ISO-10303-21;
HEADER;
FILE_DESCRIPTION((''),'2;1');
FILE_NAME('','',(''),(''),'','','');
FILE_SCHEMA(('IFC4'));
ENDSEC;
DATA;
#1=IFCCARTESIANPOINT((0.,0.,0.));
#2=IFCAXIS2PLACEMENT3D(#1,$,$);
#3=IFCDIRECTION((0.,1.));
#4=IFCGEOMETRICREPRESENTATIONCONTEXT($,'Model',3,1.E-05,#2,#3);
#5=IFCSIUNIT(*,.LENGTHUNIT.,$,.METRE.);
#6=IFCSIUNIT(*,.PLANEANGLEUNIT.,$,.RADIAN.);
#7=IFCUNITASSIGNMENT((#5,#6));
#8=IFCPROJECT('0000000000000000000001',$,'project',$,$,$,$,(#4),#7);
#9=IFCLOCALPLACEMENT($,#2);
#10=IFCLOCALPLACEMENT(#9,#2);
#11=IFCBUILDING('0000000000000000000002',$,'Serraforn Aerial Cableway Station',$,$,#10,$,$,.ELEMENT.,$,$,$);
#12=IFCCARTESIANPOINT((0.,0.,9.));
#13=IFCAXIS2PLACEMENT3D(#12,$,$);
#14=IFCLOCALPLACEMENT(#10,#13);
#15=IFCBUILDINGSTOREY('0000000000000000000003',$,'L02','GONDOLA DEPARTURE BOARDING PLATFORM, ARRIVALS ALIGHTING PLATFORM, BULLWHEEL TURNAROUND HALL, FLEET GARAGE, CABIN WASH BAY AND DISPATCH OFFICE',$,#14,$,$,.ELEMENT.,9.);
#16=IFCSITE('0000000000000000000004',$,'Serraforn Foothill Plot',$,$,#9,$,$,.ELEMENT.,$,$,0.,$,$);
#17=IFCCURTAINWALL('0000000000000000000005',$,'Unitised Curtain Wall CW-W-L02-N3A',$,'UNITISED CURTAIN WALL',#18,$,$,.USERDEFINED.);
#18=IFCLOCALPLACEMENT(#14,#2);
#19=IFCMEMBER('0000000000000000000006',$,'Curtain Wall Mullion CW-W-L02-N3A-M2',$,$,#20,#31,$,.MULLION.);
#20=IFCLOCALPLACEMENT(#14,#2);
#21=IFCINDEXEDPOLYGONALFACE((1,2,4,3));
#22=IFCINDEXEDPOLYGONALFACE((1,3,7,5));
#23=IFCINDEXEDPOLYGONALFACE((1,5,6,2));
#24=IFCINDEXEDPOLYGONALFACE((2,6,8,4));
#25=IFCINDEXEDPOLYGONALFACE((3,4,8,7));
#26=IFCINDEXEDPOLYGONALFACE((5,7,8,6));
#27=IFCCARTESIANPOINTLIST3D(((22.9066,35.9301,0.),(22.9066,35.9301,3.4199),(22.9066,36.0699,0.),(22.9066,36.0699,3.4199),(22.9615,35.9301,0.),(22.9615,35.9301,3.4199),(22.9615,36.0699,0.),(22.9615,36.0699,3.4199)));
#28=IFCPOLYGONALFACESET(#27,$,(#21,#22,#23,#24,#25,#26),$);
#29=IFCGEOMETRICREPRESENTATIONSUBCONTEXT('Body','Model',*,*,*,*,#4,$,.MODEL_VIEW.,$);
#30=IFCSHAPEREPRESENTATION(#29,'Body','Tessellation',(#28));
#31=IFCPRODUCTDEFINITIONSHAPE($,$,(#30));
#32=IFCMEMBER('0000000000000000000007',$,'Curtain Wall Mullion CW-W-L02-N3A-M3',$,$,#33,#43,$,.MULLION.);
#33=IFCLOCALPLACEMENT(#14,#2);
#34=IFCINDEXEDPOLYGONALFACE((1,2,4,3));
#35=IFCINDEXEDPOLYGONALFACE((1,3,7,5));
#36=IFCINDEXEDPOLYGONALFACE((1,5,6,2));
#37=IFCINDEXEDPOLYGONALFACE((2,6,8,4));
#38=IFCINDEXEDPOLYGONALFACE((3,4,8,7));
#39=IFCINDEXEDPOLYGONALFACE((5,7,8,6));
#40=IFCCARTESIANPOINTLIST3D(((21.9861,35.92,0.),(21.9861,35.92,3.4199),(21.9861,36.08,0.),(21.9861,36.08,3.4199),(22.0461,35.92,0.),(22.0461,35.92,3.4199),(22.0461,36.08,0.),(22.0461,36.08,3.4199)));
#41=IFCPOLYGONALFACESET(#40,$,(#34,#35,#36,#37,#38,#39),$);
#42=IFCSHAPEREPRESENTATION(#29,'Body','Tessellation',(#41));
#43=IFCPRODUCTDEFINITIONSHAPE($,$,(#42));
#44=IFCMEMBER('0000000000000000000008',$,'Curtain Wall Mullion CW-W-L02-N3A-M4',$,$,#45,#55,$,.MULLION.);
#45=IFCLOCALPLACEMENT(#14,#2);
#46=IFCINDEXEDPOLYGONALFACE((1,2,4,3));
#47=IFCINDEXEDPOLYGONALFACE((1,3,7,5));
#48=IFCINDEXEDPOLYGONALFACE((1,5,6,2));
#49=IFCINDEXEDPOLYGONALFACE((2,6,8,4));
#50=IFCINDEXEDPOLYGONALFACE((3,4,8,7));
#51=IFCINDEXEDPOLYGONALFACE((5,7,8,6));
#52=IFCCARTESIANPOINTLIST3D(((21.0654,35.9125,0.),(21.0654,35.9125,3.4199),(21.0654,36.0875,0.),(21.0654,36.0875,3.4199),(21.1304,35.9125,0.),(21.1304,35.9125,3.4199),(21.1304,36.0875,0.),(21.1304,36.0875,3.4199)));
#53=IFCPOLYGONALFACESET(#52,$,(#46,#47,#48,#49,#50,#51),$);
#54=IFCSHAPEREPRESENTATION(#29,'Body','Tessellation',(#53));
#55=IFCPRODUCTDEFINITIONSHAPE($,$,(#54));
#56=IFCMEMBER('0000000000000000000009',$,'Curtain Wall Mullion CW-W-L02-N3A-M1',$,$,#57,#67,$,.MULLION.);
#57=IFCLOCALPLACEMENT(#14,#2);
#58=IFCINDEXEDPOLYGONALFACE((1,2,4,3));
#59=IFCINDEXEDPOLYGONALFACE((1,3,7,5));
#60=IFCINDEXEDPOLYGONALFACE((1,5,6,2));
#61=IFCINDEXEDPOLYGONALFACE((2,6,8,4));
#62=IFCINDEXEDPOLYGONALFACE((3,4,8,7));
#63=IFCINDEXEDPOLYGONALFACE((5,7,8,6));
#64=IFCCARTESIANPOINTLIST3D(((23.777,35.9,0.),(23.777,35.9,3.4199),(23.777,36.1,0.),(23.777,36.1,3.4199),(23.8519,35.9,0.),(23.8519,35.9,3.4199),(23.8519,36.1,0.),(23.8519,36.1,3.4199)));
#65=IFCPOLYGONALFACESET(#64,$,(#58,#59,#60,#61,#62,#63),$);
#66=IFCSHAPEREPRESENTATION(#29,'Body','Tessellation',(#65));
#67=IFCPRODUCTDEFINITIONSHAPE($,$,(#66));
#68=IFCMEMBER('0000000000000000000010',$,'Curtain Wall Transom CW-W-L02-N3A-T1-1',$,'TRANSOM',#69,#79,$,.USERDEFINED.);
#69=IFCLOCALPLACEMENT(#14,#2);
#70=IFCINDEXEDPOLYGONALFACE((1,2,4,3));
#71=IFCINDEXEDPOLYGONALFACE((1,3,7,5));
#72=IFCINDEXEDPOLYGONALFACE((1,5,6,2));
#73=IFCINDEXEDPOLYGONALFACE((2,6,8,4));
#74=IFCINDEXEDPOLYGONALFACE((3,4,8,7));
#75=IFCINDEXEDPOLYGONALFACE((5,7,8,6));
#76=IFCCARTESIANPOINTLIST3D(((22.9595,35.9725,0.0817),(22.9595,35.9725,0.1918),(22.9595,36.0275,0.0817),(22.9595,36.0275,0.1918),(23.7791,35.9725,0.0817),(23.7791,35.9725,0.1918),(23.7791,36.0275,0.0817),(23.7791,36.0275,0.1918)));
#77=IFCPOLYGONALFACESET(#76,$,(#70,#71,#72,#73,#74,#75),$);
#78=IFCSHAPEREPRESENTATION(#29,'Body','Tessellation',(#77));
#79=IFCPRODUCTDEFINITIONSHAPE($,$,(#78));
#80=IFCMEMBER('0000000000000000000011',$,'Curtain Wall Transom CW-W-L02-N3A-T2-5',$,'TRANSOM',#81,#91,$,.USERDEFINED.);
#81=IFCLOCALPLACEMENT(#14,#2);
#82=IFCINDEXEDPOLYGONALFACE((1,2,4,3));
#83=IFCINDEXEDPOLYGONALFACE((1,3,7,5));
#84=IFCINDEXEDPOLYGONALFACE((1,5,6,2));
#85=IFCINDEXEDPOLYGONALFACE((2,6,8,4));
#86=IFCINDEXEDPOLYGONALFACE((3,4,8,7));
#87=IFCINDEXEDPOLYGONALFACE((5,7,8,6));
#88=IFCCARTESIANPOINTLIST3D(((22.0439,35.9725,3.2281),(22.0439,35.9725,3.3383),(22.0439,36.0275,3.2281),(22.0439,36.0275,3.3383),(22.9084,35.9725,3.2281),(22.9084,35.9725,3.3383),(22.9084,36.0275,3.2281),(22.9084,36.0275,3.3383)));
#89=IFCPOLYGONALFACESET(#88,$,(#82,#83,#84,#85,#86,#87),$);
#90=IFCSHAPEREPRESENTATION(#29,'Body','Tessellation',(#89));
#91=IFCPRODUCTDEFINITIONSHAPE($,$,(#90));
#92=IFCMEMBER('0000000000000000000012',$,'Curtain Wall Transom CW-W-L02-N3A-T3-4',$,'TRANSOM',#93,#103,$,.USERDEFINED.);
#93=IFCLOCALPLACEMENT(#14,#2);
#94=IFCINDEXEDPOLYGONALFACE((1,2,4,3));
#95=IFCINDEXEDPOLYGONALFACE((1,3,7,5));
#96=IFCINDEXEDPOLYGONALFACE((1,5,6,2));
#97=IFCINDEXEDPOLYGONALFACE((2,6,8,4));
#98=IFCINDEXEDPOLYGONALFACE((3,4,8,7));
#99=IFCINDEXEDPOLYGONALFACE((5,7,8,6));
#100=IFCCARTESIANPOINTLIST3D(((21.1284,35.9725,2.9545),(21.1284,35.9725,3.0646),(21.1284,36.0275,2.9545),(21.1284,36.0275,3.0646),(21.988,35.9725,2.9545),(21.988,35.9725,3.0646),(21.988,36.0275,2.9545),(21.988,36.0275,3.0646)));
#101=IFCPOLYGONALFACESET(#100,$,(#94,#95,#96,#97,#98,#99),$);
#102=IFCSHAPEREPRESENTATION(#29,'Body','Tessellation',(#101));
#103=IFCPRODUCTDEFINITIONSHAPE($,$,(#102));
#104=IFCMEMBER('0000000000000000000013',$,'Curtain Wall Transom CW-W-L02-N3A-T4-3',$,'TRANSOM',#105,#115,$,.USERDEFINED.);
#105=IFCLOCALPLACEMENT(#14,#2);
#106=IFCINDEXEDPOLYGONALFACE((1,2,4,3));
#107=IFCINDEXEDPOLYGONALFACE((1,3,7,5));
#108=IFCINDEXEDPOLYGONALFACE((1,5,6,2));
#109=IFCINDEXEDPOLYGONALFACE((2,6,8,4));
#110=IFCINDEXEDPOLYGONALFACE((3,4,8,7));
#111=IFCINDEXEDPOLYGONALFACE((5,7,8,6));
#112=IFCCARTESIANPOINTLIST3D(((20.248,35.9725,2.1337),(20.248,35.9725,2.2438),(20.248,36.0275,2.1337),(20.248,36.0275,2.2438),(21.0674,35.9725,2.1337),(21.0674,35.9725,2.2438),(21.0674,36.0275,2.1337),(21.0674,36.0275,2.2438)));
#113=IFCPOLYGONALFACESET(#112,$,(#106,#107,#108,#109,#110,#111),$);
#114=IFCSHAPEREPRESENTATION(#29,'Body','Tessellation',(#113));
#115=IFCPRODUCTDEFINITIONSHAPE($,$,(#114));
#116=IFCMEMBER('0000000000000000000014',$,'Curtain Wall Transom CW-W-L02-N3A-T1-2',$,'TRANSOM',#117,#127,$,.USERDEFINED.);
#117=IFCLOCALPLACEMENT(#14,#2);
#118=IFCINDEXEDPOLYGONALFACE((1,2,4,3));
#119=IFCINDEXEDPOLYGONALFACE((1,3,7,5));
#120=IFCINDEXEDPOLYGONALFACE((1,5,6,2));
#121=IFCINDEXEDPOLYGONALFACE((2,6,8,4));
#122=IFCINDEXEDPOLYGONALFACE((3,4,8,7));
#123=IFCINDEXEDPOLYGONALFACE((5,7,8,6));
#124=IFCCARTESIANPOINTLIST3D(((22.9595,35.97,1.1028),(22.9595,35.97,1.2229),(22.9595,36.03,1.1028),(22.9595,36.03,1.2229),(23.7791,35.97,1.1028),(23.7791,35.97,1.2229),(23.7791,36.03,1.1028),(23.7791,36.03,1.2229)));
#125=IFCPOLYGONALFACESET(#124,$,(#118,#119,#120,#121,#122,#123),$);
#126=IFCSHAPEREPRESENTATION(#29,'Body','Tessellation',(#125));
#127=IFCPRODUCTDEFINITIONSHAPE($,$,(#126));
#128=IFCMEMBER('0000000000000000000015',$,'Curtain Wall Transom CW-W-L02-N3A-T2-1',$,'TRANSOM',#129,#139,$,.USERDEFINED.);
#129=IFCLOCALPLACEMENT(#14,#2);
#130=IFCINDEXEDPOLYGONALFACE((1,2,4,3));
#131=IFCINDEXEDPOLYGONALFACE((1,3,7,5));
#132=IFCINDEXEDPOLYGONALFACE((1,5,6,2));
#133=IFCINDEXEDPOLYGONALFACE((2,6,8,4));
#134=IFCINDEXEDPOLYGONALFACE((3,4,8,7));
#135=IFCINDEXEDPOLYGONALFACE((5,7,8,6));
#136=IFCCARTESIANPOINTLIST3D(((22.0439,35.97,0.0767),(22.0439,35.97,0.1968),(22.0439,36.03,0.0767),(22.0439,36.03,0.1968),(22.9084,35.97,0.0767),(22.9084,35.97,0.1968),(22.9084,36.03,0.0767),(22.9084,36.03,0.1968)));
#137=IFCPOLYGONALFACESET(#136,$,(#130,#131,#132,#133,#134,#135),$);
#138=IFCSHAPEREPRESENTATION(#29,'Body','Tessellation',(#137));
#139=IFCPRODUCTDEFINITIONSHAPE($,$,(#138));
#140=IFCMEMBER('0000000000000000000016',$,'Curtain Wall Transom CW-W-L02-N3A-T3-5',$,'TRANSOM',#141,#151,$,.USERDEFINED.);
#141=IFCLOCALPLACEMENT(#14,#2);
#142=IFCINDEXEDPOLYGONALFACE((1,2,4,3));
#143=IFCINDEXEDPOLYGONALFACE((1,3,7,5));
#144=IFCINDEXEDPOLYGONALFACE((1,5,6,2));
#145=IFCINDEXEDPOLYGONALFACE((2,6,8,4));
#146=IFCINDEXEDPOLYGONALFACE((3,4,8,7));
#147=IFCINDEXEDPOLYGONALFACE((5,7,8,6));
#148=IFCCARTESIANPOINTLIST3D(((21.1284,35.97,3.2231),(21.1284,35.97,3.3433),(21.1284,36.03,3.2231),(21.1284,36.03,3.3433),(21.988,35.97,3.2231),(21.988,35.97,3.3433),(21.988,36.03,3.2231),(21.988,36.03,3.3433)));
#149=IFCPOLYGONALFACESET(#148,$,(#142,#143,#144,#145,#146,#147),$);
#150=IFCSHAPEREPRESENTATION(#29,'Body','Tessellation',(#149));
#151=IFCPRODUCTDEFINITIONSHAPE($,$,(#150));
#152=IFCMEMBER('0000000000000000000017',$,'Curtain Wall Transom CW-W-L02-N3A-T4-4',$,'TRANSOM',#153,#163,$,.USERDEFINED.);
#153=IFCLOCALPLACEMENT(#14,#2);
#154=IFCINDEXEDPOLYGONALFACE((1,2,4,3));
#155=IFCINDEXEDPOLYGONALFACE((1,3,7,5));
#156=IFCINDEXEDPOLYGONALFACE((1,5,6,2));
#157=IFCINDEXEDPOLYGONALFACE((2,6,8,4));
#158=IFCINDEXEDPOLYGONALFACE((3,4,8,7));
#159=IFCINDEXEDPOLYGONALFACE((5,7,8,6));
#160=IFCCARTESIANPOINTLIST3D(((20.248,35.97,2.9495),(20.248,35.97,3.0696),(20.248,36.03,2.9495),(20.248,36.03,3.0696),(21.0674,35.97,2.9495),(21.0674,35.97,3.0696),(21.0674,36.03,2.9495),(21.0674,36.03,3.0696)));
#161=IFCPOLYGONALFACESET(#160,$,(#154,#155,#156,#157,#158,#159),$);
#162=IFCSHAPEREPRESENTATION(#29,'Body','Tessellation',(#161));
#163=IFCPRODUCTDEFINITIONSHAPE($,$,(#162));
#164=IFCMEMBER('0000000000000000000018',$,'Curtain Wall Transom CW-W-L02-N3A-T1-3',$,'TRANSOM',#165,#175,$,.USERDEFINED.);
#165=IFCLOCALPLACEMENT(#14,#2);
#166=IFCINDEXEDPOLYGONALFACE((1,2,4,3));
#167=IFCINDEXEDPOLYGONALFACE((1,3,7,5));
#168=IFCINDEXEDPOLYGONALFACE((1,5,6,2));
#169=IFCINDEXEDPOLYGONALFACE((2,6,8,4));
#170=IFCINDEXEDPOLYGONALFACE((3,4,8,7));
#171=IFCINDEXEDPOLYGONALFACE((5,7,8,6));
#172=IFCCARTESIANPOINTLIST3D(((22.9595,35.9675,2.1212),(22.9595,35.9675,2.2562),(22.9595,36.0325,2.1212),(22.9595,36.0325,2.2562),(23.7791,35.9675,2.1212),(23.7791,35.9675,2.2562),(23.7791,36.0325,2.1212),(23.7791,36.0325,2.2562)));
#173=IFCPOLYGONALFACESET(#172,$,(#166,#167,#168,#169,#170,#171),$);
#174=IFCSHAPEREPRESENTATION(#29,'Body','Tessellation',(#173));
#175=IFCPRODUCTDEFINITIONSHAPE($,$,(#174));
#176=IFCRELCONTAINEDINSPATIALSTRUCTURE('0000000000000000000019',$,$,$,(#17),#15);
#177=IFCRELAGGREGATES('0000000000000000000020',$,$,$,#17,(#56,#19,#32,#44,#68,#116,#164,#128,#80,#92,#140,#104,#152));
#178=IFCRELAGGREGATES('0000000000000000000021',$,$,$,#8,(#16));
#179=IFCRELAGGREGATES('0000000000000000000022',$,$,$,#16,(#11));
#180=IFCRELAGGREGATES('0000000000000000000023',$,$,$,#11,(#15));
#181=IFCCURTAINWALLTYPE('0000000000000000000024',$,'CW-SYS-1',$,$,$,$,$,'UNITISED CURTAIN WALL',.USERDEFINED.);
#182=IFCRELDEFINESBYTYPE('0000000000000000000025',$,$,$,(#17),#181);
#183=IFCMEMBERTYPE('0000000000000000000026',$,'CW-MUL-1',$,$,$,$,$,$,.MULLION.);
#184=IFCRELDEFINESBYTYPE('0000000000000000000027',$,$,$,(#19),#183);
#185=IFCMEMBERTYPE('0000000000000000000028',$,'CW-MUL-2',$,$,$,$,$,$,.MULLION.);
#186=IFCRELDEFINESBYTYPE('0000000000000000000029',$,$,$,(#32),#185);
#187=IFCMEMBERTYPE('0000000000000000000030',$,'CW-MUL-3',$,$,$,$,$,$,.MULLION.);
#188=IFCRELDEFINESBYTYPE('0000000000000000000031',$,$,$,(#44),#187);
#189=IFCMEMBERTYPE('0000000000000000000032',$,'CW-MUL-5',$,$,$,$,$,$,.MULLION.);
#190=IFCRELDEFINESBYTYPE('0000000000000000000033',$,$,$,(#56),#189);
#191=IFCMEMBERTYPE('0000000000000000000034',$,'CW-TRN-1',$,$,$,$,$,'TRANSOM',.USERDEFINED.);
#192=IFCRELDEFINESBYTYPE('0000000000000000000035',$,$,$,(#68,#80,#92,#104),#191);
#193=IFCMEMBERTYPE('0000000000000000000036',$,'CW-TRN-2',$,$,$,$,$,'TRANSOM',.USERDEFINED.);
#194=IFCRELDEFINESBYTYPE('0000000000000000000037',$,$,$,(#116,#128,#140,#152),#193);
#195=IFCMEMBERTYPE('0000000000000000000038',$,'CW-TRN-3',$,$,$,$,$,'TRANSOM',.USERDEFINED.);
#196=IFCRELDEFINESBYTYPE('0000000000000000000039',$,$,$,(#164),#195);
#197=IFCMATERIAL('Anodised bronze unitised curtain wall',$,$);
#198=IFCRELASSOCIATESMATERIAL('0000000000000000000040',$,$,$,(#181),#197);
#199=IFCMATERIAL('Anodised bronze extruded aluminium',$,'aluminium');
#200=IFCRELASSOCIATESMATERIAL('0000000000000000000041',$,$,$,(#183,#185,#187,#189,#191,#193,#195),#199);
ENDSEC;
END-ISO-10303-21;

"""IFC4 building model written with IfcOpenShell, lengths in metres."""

from ifc_helpers import new_model, si_unit, direction, frame, origin, origin_2d, place, context, subcontext, project, spatial, rectangle, extrude, material, material_profile, profile_set, type_object, element, aggregate, save


model = new_model("IFC4")

# Units and contexts
model_context = context("Model", 3, precision=1e-05, world=origin(), true_north=direction((0.0, 1.0)))
body_context = subcontext(model_context, "Body", "Model", "MODEL_VIEW")
ifc_project = project(units=[si_unit("LENGTHUNIT", "METRE"), si_unit("PLANEANGLEUNIT", "RADIAN")], contexts=[model_context])

# Site, building, storey
site_placement = place(None, origin())
site = spatial("IfcSite", under=ifc_project, at=site_placement, Name="Serraforn Foothill Plot", CompositionType="ELEMENT", RefElevation=0.0)
building_placement = place(site_placement, origin())
building = spatial("IfcBuilding", under=site, at=building_placement, Name="Serraforn Aerial Cableway Station", CompositionType="ELEMENT")
storey_placement = place(building_placement, frame((0.0, 0.0, 9.0)))
storey = spatial("IfcBuildingStorey", under=building, at=storey_placement, Name="L02", Description="GONDOLA DEPARTURE BOARDING PLATFORM, ARRIVALS ALIGHTING PLATFORM, BULLWHEEL TURNAROUND HALL, FLEET GARAGE, CABIN WASH BAY AND DISPATCH OFFICE", CompositionType="ELEMENT", Elevation=9.0)

# Curtain wall, members
ifc_material_1 = material(Name="Anodised bronze unitised curtain wall")
curtain_wall_type = type_object("IfcCurtainWallType", Name="CW-SYS-1", ElementType="UNITISED CURTAIN WALL", PredefinedType="USERDEFINED", material=ifc_material_1)
curtain_wall_placement = place(storey_placement, origin())
curtain_wall = element("IfcCurtainWall", 1, at=curtain_wall_placement, inside=storey, type_object=curtain_wall_type, Name="Unitised Curtain Wall CW-W-L02-N3A", ObjectType="UNITISED CURTAIN WALL", PredefinedType="USERDEFINED")
ifc_material_2 = material(Name="Anodised bronze extruded aluminium", Category="aluminium")
ifc_material_profile_1 = material_profile(ifc_material_2, rectangle(XDim=0.0549, YDim=0.1399, at=origin_2d()), Name="CW MULLION 55x140")
ifc_profile_set_1 = profile_set([ifc_material_profile_1], Name="Anodised bronze extruded aluminium")
member_type_1 = type_object("IfcMemberType", Name="CW-MUL-1", PredefinedType="MULLION", material=ifc_profile_set_1)
member_1_placement = place(storey_placement, frame((22.9341, 36.0, 0.0), z_axis=(0.0, 0.0, 1.0), x_axis=(-1.0, 0.0, 0.0)))
member_1 = element("IfcMember", 2, at=member_1_placement, type_object=member_type_1, Name="Curtain Wall Mullion CW-W-L02-N3A-M2", PredefinedType="MULLION", context=body_context, shape_type="SweptSolid", body=[
    extrude(rectangle(XDim=0.0549, YDim=0.1399, at=origin_2d()), origin(), (0.0, 0.0, 1.0), 3.4199),
])
ifc_material_profile_2 = material_profile(ifc_material_2, rectangle(XDim=0.0601, YDim=0.1599, at=origin_2d()), Name="CW MULLION 60x160")
ifc_profile_set_2 = profile_set([ifc_material_profile_2], Name="Anodised bronze extruded aluminium")
member_type_2 = type_object("IfcMemberType", Name="CW-MUL-2", PredefinedType="MULLION", material=ifc_profile_set_2)
member_2_placement = place(storey_placement, frame((22.0161, 36.0, 0.0), z_axis=(0.0, 0.0, 1.0), x_axis=(-1.0, 0.0, 0.0)))
member_2 = element("IfcMember", 3, at=member_2_placement, type_object=member_type_2, Name="Curtain Wall Mullion CW-W-L02-N3A-M3", PredefinedType="MULLION", context=body_context, shape_type="SweptSolid", body=[
    extrude(rectangle(XDim=0.0601, YDim=0.1599, at=origin_2d()), origin(), (0.0, 0.0, 1.0), 3.4199),
])
ifc_material_profile_3 = material_profile(ifc_material_2, rectangle(XDim=0.0649, YDim=0.175, at=origin_2d()), Name="CW MULLION 65x175")
ifc_profile_set_3 = profile_set([ifc_material_profile_3], Name="Anodised bronze extruded aluminium")
member_type_3 = type_object("IfcMemberType", Name="CW-MUL-3", PredefinedType="MULLION", material=ifc_profile_set_3)
member_3_placement = place(storey_placement, frame((21.0979, 36.0, 0.0), z_axis=(0.0, 0.0, 1.0), x_axis=(-1.0, 0.0, 0.0)))
member_3 = element("IfcMember", 4, at=member_3_placement, type_object=member_type_3, Name="Curtain Wall Mullion CW-W-L02-N3A-M4", PredefinedType="MULLION", context=body_context, shape_type="SweptSolid", body=[
    extrude(rectangle(XDim=0.0649, YDim=0.175, at=origin_2d()), origin(), (0.0, 0.0, 1.0), 3.4199),
])
ifc_material_profile_4 = material_profile(ifc_material_2, rectangle(XDim=0.075, YDim=0.2, at=origin_2d()), Name="CW MULLION 75x200")
ifc_profile_set_4 = profile_set([ifc_material_profile_4], Name="Anodised bronze extruded aluminium")
member_type_4 = type_object("IfcMemberType", Name="CW-MUL-5", PredefinedType="MULLION", material=ifc_profile_set_4)
member_4_placement = place(storey_placement, frame((23.8145, 36.0, 0.0), z_axis=(0.0, 0.0, 1.0), x_axis=(-1.0, 0.0, 0.0)))
member_4 = element("IfcMember", 5, at=member_4_placement, type_object=member_type_4, Name="Curtain Wall Mullion CW-W-L02-N3A-M1", PredefinedType="MULLION", context=body_context, shape_type="SweptSolid", body=[
    extrude(rectangle(XDim=0.075, YDim=0.2, at=origin_2d()), origin(), (0.0, 0.0, 1.0), 3.4199),
])
ifc_material_profile_5 = material_profile(ifc_material_2, rectangle(XDim=0.0549, YDim=0.1101, at=origin_2d()), Name="CW TRANSOM 55x110")
ifc_profile_set_5 = profile_set([ifc_material_profile_5], Name="Anodised bronze extruded aluminium")
member_type_5 = type_object("IfcMemberType", Name="CW-TRN-1", ElementType="TRANSOM", PredefinedType="USERDEFINED", material=ifc_profile_set_5)
member_5_placement = place(storey_placement, frame((23.7791, 36.0, 0.1367), z_axis=(-1.0, 0.0, 0.0), x_axis=(0.0, -1.0, 0.0)))
member_5 = element("IfcMember", 6, at=member_5_placement, type_object=member_type_5, Name="Curtain Wall Transom CW-W-L02-N3A-T1-1", ObjectType="TRANSOM", PredefinedType="USERDEFINED", context=body_context, shape_type="SweptSolid", body=[
    extrude(rectangle(XDim=0.0549, YDim=0.1101, at=origin_2d()), origin(), (0.0, 0.0, 1.0), 0.8196),
])
member_6_placement = place(storey_placement, frame((22.9084, 36.0, 3.2832), z_axis=(-1.0, 0.0, 0.0), x_axis=(0.0, -1.0, 0.0)))
member_6 = element("IfcMember", 7, at=member_6_placement, type_object=member_type_5, Name="Curtain Wall Transom CW-W-L02-N3A-T2-5", ObjectType="TRANSOM", PredefinedType="USERDEFINED", context=body_context, shape_type="SweptSolid", body=[
    extrude(rectangle(XDim=0.0549, YDim=0.1101, at=origin_2d()), origin(), (0.0, 0.0, 1.0), 0.8645),
])
member_7_placement = place(storey_placement, frame((21.988, 36.0, 3.0095), z_axis=(-1.0, 0.0, 0.0), x_axis=(0.0, -1.0, 0.0)))
member_7 = element("IfcMember", 8, at=member_7_placement, type_object=member_type_5, Name="Curtain Wall Transom CW-W-L02-N3A-T3-4", ObjectType="TRANSOM", PredefinedType="USERDEFINED", context=body_context, shape_type="SweptSolid", body=[
    extrude(rectangle(XDim=0.0549, YDim=0.1101, at=origin_2d()), origin(), (0.0, 0.0, 1.0), 0.8596),
])
member_8_placement = place(storey_placement, frame((21.0674, 36.0, 2.1887), z_axis=(-1.0, 0.0, 0.0), x_axis=(0.0, -1.0, 0.0)))
member_8 = element("IfcMember", 9, at=member_8_placement, type_object=member_type_5, Name="Curtain Wall Transom CW-W-L02-N3A-T4-3", ObjectType="TRANSOM", PredefinedType="USERDEFINED", context=body_context, shape_type="SweptSolid", body=[
    extrude(rectangle(XDim=0.0549, YDim=0.1101, at=origin_2d()), origin(), (0.0, 0.0, 1.0), 0.8193),
])
ifc_material_profile_6 = material_profile(ifc_material_2, rectangle(XDim=0.0601, YDim=0.1201, at=origin_2d()), Name="CW TRANSOM 60x120")
ifc_profile_set_6 = profile_set([ifc_material_profile_6], Name="Anodised bronze extruded aluminium")
member_type_6 = type_object("IfcMemberType", Name="CW-TRN-2", ElementType="TRANSOM", PredefinedType="USERDEFINED", material=ifc_profile_set_6)
member_9_placement = place(storey_placement, frame((23.7791, 36.0, 1.1628), z_axis=(-1.0, 0.0, 0.0), x_axis=(0.0, -1.0, 0.0)))
member_9 = element("IfcMember", 10, at=member_9_placement, type_object=member_type_6, Name="Curtain Wall Transom CW-W-L02-N3A-T1-2", ObjectType="TRANSOM", PredefinedType="USERDEFINED", context=body_context, shape_type="SweptSolid", body=[
    extrude(rectangle(XDim=0.0601, YDim=0.1201, at=origin_2d()), origin(), (0.0, 0.0, 1.0), 0.8196),
])
member_10_placement = place(storey_placement, frame((22.9084, 36.0, 0.1367), z_axis=(-1.0, 0.0, 0.0), x_axis=(0.0, -1.0, 0.0)))
member_10 = element("IfcMember", 11, at=member_10_placement, type_object=member_type_6, Name="Curtain Wall Transom CW-W-L02-N3A-T2-1", ObjectType="TRANSOM", PredefinedType="USERDEFINED", context=body_context, shape_type="SweptSolid", body=[
    extrude(rectangle(XDim=0.0601, YDim=0.1201, at=origin_2d()), origin(), (0.0, 0.0, 1.0), 0.8645),
])
member_11_placement = place(storey_placement, frame((21.988, 36.0, 3.2832), z_axis=(-1.0, 0.0, 0.0), x_axis=(0.0, -1.0, 0.0)))
member_11 = element("IfcMember", 12, at=member_11_placement, type_object=member_type_6, Name="Curtain Wall Transom CW-W-L02-N3A-T3-5", ObjectType="TRANSOM", PredefinedType="USERDEFINED", context=body_context, shape_type="SweptSolid", body=[
    extrude(rectangle(XDim=0.0601, YDim=0.1201, at=origin_2d()), origin(), (0.0, 0.0, 1.0), 0.8596),
])
member_12_placement = place(storey_placement, frame((21.0674, 36.0, 3.0095), z_axis=(-1.0, 0.0, 0.0), x_axis=(0.0, -1.0, 0.0)))
member_12 = element("IfcMember", 13, at=member_12_placement, type_object=member_type_6, Name="Curtain Wall Transom CW-W-L02-N3A-T4-4", ObjectType="TRANSOM", PredefinedType="USERDEFINED", context=body_context, shape_type="SweptSolid", body=[
    extrude(rectangle(XDim=0.0601, YDim=0.1201, at=origin_2d()), origin(), (0.0, 0.0, 1.0), 0.8193),
])
ifc_material_profile_7 = material_profile(ifc_material_2, rectangle(XDim=0.0649, YDim=0.135, at=origin_2d()), Name="CW TRANSOM 65x135")
ifc_profile_set_7 = profile_set([ifc_material_profile_7], Name="Anodised bronze extruded aluminium")
member_type_7 = type_object("IfcMemberType", Name="CW-TRN-3", ElementType="TRANSOM", PredefinedType="USERDEFINED", material=ifc_profile_set_7)
member_13_placement = place(storey_placement, frame((23.7791, 36.0, 2.1887), z_axis=(-1.0, 0.0, 0.0), x_axis=(0.0, -1.0, 0.0)))
member_13 = element("IfcMember", 14, at=member_13_placement, type_object=member_type_7, Name="Curtain Wall Transom CW-W-L02-N3A-T1-3", ObjectType="TRANSOM", PredefinedType="USERDEFINED", context=body_context, shape_type="SweptSolid", body=[
    extrude(rectangle(XDim=0.0649, YDim=0.135, at=origin_2d()), origin(), (0.0, 0.0, 1.0), 0.8196),
])
aggregate(curtain_wall, [member_4, member_1, member_2, member_3, member_5, member_9, member_13, member_10, member_6, member_7, member_11, member_8, member_12])

save(model, "model.ifc")
